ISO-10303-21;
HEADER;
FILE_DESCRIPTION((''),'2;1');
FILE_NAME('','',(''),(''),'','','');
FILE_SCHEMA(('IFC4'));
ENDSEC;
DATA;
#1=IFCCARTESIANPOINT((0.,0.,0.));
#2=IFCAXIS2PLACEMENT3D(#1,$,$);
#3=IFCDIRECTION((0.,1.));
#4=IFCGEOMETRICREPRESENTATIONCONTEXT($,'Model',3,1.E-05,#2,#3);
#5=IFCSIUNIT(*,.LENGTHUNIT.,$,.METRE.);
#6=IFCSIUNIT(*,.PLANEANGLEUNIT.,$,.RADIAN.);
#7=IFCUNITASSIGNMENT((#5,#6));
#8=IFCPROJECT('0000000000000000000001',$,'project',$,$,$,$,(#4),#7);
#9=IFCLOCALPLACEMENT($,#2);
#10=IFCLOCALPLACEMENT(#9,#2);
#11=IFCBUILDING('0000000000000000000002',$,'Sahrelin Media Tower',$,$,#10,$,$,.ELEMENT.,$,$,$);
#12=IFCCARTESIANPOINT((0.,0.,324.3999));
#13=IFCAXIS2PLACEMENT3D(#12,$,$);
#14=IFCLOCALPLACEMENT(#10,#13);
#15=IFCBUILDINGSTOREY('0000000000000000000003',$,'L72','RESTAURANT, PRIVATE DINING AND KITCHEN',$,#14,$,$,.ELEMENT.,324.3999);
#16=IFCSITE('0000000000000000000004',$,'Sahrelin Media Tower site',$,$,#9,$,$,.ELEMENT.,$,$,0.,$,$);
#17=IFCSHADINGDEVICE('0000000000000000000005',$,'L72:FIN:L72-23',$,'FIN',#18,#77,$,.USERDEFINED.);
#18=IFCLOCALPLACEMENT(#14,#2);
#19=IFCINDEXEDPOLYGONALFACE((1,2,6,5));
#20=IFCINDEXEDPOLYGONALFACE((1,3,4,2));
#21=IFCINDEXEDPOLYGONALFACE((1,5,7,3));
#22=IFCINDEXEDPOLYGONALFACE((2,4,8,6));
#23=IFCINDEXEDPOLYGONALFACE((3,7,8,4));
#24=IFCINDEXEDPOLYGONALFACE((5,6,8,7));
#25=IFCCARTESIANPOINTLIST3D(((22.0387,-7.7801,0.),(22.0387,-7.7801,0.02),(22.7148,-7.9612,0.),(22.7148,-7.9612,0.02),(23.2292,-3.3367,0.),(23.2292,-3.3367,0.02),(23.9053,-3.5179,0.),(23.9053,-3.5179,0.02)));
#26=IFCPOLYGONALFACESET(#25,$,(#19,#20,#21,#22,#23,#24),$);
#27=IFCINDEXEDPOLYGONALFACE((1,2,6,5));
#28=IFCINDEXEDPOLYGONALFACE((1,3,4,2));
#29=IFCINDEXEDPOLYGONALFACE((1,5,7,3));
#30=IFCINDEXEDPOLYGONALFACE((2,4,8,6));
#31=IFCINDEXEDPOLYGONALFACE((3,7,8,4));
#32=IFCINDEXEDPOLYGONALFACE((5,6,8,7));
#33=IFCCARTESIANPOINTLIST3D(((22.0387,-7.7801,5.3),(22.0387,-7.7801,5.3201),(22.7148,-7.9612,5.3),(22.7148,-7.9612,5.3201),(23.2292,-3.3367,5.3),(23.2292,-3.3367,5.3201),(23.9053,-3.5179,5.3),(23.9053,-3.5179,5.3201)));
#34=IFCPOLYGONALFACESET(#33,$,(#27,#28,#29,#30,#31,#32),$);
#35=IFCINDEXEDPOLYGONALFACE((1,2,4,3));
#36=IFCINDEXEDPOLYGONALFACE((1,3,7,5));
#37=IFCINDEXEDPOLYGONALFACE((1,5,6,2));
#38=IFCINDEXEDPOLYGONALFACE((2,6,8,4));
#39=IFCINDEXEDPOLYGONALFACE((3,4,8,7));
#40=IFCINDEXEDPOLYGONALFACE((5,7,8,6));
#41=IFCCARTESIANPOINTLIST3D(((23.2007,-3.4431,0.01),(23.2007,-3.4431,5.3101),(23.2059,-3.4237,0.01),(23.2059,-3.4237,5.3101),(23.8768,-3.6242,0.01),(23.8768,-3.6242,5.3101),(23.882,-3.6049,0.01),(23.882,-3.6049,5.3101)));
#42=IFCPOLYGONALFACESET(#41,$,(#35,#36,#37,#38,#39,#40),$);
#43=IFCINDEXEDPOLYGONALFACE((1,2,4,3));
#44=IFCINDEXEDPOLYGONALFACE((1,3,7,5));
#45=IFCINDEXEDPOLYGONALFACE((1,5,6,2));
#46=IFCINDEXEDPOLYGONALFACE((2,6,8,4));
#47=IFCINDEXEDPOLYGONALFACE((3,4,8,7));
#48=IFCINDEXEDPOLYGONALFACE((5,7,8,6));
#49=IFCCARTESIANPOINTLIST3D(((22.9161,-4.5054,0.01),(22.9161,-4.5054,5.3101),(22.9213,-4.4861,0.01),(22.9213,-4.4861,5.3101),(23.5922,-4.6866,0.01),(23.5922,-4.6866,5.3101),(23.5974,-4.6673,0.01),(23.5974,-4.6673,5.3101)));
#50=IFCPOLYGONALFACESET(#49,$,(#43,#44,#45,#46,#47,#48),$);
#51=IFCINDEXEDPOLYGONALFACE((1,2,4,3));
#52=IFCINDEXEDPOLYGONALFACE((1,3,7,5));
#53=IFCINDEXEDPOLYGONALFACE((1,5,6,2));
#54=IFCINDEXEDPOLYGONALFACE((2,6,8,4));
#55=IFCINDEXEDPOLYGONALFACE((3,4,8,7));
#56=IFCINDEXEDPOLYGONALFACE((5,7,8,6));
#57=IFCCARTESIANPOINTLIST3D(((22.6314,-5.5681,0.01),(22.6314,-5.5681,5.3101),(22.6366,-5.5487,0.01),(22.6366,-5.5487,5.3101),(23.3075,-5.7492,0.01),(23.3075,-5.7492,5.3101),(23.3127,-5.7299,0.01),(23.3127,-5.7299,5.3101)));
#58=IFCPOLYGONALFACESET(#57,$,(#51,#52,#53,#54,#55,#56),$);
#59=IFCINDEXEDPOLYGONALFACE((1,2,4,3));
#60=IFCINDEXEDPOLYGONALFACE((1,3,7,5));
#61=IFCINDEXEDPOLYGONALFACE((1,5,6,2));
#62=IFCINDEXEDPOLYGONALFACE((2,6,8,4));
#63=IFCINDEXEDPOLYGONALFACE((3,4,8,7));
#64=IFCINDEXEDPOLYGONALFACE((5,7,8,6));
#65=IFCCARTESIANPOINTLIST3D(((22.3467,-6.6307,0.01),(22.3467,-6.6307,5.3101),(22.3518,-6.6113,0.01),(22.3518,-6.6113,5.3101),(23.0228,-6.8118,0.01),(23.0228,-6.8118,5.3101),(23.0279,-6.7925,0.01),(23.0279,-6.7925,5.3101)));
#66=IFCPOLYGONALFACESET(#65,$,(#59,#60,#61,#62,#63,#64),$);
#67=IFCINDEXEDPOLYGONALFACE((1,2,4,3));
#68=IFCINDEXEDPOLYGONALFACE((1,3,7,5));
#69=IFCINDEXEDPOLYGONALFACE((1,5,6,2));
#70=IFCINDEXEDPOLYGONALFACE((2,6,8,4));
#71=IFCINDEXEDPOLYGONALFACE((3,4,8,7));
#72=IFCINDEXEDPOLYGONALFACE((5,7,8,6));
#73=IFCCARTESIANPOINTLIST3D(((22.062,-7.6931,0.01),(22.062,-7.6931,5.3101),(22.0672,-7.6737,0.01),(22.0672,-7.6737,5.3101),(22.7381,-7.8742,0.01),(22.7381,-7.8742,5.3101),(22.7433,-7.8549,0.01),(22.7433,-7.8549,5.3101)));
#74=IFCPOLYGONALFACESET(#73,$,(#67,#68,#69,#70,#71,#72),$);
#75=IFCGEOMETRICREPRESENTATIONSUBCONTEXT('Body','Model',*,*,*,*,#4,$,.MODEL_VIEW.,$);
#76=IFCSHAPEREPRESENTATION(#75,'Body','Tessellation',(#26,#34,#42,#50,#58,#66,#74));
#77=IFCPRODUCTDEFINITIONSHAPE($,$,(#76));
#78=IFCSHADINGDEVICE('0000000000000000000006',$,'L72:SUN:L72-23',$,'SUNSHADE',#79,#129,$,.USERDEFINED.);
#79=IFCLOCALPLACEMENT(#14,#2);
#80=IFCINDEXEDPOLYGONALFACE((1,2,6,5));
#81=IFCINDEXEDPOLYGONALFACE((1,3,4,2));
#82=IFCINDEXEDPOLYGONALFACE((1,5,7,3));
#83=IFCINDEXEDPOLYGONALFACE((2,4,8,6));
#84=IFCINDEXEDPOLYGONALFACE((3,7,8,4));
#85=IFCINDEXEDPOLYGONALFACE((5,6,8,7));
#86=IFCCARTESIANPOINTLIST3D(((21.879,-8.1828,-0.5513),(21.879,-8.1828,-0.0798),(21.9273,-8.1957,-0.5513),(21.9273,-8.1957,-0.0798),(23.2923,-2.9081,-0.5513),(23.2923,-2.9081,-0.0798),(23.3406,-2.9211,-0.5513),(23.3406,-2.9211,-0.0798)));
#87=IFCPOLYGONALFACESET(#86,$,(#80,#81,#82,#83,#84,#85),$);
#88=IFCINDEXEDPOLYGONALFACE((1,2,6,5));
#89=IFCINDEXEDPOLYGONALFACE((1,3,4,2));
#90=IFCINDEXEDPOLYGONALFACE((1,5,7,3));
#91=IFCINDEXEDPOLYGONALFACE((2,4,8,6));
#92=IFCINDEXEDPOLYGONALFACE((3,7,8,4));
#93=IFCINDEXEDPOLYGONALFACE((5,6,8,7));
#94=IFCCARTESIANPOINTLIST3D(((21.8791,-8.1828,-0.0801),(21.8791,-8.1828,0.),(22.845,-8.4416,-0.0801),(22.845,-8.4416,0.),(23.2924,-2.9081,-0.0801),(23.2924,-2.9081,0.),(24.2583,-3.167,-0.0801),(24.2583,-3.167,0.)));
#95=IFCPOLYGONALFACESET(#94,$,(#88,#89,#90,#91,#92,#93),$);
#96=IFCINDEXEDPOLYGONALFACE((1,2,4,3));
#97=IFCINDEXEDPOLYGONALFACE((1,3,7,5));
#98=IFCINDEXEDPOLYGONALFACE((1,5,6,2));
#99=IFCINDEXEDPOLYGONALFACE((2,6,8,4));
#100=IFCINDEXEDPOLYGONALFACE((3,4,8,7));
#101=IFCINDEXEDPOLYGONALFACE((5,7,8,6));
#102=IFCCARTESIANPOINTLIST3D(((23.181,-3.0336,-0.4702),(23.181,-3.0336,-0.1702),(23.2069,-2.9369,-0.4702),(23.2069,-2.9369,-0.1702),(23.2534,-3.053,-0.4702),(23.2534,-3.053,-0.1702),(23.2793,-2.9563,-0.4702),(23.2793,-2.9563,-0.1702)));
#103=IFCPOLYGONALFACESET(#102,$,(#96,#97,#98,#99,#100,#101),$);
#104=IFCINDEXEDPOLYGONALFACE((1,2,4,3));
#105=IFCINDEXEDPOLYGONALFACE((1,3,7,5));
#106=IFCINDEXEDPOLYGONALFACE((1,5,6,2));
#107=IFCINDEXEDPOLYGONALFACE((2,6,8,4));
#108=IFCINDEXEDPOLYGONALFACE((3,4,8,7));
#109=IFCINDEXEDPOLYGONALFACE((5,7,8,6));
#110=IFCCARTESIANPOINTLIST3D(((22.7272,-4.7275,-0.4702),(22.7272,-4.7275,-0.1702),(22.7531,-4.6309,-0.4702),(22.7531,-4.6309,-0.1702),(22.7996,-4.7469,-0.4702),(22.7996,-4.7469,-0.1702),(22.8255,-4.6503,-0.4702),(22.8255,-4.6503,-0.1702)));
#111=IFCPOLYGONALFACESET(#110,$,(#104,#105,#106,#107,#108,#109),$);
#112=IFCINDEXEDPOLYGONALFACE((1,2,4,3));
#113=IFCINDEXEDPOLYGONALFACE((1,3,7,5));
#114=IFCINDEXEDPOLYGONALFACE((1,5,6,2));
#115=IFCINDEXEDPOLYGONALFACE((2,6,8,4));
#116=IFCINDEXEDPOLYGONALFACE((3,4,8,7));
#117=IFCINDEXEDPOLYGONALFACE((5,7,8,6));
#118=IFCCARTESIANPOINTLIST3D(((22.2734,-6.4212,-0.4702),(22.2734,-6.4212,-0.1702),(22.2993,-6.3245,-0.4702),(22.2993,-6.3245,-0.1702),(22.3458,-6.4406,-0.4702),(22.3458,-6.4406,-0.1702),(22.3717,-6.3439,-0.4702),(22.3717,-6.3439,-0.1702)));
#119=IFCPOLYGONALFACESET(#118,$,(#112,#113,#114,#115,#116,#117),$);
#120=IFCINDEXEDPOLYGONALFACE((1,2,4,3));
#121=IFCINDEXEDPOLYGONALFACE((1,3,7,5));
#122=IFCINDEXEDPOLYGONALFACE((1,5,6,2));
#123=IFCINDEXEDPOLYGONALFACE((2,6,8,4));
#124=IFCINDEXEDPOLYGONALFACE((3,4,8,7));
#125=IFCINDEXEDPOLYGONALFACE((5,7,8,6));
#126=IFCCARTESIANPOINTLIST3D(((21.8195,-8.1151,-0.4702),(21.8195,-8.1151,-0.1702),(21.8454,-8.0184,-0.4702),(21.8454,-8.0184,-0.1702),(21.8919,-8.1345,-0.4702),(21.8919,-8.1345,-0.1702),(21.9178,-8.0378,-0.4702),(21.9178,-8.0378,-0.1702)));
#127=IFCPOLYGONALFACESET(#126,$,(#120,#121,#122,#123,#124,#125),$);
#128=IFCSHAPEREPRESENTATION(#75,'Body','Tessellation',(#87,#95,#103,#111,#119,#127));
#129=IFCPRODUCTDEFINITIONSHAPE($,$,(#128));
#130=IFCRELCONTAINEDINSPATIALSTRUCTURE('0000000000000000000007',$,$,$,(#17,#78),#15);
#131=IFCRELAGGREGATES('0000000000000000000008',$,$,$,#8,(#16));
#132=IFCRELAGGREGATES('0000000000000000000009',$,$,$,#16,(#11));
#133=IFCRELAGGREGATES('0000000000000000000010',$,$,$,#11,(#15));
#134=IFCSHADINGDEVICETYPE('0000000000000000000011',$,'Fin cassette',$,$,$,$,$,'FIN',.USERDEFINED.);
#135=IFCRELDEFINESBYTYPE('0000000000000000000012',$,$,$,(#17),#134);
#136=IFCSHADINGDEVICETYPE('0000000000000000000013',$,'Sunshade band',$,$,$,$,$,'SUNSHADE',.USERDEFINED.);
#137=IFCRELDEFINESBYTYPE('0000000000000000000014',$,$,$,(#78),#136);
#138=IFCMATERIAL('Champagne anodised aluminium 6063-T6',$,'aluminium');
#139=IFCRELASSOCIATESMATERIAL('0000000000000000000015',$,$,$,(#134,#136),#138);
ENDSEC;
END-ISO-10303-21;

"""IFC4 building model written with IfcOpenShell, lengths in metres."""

from ifc_helpers import new_model, si_unit, direction, frame, origin, origin_2d, place, context, subcontext, project, spatial, rectangle, extrude, material, type_object, element, save


model = new_model("IFC4")

# Units and contexts
model_context = context("Model", 3, precision=1e-05, world=origin(), true_north=direction((0.0, 1.0)))
body_context = subcontext(model_context, "Body", "Model", "MODEL_VIEW")
ifc_project = project(units=[si_unit("LENGTHUNIT", "METRE"), si_unit("PLANEANGLEUNIT", "RADIAN")], contexts=[model_context])

# Site, building, storey
site_placement = place(None, origin())
site = spatial("IfcSite", under=ifc_project, at=site_placement, Name="Sahrelin Media Tower site", CompositionType="ELEMENT", RefElevation=0.0)
building_placement = place(site_placement, origin())
building = spatial("IfcBuilding", under=site, at=building_placement, Name="Sahrelin Media Tower", CompositionType="ELEMENT")
storey_placement = place(building_placement, frame((0.0, 0.0, 324.3999)))
storey = spatial("IfcBuildingStorey", under=building, at=storey_placement, Name="L72", Description="RESTAURANT, PRIVATE DINING AND KITCHEN", CompositionType="ELEMENT", Elevation=324.3999)

# Shared definitions
ifc_material_1 = material(Name="Champagne anodised aluminium 6063-T6", Category="aluminium")

# Shading devices
shading_device_type_1 = type_object("IfcShadingDeviceType", Name="Fin cassette", ElementType="FIN", PredefinedType="USERDEFINED", material=ifc_material_1)
placement = place(storey_placement, frame((22.5664, -5.5403, 0.0), z_axis=(0.0, 0.0, 1.0), x_axis=(-0.258808, -0.965929, 0.0)))
element("IfcShadingDevice", 1, at=placement, inside=storey, type_object=shading_device_type_1, Name="L72:FIN:L72-23", ObjectType="FIN", PredefinedType="USERDEFINED", context=body_context, shape_type="SweptSolid", body=[
    extrude(rectangle(XDim=4.6001, YDim=0.7, at=origin_2d()), frame((0.0, 0.4199, 0.0)), (0.0, 0.0, 1.0), 0.02),
    extrude(rectangle(XDim=4.6001, YDim=0.7, at=origin_2d()), frame((0.0, 0.4199, 5.3)), (0.0, 0.0, 1.0), 0.02),
    extrude(rectangle(XDim=0.02, YDim=0.7, at=origin_2d()), frame((-2.2, 0.4199, 0.01), z_axis=(0.0, 0.0, 1.0), x_axis=(1.0, 0.0, 0.0)), (0.0, 0.0, 1.0), 5.3),
    extrude(rectangle(XDim=0.02, YDim=0.7, at=origin_2d()), frame((-1.1001, 0.4199, 0.01), z_axis=(0.0, 0.0, 1.0), x_axis=(1.0, 0.0, 0.0)), (0.0, 0.0, 1.0), 5.3),
    extrude(rectangle(XDim=0.02, YDim=0.7, at=origin_2d()), frame((0.0, 0.4199, 0.01), z_axis=(0.0, 0.0, 1.0), x_axis=(1.0, 0.0, 0.0)), (0.0, 0.0, 1.0), 5.3),
    extrude(rectangle(XDim=0.02, YDim=0.7, at=origin_2d()), frame((1.1001, 0.4199, 0.01), z_axis=(0.0, 0.0, 1.0), x_axis=(1.0, 0.0, 0.0)), (0.0, 0.0, 1.0), 5.3),
    extrude(rectangle(XDim=0.02, YDim=0.7, at=origin_2d()), frame((2.2, 0.4199, 0.01), z_axis=(0.0, 0.0, 1.0), x_axis=(1.0, 0.0, 0.0)), (0.0, 0.0, 1.0), 5.3),
])
shading_device_type_2 = type_object("IfcShadingDeviceType", Name="Sunshade band", ElementType="SUNSHADE", PredefinedType="USERDEFINED", material=ifc_material_1)
element("IfcShadingDevice", 2, at=placement, inside=storey, type_object=shading_device_type_2, Name="L72:SUN:L72-23", ObjectType="SUNSHADE", PredefinedType="USERDEFINED", context=body_context, shape_type="SweptSolid", body=[
    extrude(rectangle(XDim=5.4607, YDim=0.05, at=origin_2d()), frame((0.0, 0.0449, -0.5513)), (0.0, 0.0, 1.0), 0.4714),
    extrude(rectangle(XDim=5.4607, YDim=1.0, at=origin_2d()), frame((0.0, 0.52, -0.0801)), (0.0, 0.0, 1.0), 0.0801),
    extrude(rectangle(XDim=0.1001, YDim=0.075, at=origin_2d()), frame((-2.6304, -0.0176, -0.4702)), (0.0, 0.0, 1.0), 0.3),
    extrude(rectangle(XDim=0.1001, YDim=0.075, at=origin_2d()), frame((-0.8767, -0.0176, -0.4702)), (0.0, 0.0, 1.0), 0.3),
    extrude(rectangle(XDim=0.1001, YDim=0.075, at=origin_2d()), frame((0.8767, -0.0176, -0.4702)), (0.0, 0.0, 1.0), 0.3),
    extrude(rectangle(XDim=0.1001, YDim=0.075, at=origin_2d()), frame((2.6304, -0.0176, -0.4702)), (0.0, 0.0, 1.0), 0.3),
])

save(model, "model.ifc")
